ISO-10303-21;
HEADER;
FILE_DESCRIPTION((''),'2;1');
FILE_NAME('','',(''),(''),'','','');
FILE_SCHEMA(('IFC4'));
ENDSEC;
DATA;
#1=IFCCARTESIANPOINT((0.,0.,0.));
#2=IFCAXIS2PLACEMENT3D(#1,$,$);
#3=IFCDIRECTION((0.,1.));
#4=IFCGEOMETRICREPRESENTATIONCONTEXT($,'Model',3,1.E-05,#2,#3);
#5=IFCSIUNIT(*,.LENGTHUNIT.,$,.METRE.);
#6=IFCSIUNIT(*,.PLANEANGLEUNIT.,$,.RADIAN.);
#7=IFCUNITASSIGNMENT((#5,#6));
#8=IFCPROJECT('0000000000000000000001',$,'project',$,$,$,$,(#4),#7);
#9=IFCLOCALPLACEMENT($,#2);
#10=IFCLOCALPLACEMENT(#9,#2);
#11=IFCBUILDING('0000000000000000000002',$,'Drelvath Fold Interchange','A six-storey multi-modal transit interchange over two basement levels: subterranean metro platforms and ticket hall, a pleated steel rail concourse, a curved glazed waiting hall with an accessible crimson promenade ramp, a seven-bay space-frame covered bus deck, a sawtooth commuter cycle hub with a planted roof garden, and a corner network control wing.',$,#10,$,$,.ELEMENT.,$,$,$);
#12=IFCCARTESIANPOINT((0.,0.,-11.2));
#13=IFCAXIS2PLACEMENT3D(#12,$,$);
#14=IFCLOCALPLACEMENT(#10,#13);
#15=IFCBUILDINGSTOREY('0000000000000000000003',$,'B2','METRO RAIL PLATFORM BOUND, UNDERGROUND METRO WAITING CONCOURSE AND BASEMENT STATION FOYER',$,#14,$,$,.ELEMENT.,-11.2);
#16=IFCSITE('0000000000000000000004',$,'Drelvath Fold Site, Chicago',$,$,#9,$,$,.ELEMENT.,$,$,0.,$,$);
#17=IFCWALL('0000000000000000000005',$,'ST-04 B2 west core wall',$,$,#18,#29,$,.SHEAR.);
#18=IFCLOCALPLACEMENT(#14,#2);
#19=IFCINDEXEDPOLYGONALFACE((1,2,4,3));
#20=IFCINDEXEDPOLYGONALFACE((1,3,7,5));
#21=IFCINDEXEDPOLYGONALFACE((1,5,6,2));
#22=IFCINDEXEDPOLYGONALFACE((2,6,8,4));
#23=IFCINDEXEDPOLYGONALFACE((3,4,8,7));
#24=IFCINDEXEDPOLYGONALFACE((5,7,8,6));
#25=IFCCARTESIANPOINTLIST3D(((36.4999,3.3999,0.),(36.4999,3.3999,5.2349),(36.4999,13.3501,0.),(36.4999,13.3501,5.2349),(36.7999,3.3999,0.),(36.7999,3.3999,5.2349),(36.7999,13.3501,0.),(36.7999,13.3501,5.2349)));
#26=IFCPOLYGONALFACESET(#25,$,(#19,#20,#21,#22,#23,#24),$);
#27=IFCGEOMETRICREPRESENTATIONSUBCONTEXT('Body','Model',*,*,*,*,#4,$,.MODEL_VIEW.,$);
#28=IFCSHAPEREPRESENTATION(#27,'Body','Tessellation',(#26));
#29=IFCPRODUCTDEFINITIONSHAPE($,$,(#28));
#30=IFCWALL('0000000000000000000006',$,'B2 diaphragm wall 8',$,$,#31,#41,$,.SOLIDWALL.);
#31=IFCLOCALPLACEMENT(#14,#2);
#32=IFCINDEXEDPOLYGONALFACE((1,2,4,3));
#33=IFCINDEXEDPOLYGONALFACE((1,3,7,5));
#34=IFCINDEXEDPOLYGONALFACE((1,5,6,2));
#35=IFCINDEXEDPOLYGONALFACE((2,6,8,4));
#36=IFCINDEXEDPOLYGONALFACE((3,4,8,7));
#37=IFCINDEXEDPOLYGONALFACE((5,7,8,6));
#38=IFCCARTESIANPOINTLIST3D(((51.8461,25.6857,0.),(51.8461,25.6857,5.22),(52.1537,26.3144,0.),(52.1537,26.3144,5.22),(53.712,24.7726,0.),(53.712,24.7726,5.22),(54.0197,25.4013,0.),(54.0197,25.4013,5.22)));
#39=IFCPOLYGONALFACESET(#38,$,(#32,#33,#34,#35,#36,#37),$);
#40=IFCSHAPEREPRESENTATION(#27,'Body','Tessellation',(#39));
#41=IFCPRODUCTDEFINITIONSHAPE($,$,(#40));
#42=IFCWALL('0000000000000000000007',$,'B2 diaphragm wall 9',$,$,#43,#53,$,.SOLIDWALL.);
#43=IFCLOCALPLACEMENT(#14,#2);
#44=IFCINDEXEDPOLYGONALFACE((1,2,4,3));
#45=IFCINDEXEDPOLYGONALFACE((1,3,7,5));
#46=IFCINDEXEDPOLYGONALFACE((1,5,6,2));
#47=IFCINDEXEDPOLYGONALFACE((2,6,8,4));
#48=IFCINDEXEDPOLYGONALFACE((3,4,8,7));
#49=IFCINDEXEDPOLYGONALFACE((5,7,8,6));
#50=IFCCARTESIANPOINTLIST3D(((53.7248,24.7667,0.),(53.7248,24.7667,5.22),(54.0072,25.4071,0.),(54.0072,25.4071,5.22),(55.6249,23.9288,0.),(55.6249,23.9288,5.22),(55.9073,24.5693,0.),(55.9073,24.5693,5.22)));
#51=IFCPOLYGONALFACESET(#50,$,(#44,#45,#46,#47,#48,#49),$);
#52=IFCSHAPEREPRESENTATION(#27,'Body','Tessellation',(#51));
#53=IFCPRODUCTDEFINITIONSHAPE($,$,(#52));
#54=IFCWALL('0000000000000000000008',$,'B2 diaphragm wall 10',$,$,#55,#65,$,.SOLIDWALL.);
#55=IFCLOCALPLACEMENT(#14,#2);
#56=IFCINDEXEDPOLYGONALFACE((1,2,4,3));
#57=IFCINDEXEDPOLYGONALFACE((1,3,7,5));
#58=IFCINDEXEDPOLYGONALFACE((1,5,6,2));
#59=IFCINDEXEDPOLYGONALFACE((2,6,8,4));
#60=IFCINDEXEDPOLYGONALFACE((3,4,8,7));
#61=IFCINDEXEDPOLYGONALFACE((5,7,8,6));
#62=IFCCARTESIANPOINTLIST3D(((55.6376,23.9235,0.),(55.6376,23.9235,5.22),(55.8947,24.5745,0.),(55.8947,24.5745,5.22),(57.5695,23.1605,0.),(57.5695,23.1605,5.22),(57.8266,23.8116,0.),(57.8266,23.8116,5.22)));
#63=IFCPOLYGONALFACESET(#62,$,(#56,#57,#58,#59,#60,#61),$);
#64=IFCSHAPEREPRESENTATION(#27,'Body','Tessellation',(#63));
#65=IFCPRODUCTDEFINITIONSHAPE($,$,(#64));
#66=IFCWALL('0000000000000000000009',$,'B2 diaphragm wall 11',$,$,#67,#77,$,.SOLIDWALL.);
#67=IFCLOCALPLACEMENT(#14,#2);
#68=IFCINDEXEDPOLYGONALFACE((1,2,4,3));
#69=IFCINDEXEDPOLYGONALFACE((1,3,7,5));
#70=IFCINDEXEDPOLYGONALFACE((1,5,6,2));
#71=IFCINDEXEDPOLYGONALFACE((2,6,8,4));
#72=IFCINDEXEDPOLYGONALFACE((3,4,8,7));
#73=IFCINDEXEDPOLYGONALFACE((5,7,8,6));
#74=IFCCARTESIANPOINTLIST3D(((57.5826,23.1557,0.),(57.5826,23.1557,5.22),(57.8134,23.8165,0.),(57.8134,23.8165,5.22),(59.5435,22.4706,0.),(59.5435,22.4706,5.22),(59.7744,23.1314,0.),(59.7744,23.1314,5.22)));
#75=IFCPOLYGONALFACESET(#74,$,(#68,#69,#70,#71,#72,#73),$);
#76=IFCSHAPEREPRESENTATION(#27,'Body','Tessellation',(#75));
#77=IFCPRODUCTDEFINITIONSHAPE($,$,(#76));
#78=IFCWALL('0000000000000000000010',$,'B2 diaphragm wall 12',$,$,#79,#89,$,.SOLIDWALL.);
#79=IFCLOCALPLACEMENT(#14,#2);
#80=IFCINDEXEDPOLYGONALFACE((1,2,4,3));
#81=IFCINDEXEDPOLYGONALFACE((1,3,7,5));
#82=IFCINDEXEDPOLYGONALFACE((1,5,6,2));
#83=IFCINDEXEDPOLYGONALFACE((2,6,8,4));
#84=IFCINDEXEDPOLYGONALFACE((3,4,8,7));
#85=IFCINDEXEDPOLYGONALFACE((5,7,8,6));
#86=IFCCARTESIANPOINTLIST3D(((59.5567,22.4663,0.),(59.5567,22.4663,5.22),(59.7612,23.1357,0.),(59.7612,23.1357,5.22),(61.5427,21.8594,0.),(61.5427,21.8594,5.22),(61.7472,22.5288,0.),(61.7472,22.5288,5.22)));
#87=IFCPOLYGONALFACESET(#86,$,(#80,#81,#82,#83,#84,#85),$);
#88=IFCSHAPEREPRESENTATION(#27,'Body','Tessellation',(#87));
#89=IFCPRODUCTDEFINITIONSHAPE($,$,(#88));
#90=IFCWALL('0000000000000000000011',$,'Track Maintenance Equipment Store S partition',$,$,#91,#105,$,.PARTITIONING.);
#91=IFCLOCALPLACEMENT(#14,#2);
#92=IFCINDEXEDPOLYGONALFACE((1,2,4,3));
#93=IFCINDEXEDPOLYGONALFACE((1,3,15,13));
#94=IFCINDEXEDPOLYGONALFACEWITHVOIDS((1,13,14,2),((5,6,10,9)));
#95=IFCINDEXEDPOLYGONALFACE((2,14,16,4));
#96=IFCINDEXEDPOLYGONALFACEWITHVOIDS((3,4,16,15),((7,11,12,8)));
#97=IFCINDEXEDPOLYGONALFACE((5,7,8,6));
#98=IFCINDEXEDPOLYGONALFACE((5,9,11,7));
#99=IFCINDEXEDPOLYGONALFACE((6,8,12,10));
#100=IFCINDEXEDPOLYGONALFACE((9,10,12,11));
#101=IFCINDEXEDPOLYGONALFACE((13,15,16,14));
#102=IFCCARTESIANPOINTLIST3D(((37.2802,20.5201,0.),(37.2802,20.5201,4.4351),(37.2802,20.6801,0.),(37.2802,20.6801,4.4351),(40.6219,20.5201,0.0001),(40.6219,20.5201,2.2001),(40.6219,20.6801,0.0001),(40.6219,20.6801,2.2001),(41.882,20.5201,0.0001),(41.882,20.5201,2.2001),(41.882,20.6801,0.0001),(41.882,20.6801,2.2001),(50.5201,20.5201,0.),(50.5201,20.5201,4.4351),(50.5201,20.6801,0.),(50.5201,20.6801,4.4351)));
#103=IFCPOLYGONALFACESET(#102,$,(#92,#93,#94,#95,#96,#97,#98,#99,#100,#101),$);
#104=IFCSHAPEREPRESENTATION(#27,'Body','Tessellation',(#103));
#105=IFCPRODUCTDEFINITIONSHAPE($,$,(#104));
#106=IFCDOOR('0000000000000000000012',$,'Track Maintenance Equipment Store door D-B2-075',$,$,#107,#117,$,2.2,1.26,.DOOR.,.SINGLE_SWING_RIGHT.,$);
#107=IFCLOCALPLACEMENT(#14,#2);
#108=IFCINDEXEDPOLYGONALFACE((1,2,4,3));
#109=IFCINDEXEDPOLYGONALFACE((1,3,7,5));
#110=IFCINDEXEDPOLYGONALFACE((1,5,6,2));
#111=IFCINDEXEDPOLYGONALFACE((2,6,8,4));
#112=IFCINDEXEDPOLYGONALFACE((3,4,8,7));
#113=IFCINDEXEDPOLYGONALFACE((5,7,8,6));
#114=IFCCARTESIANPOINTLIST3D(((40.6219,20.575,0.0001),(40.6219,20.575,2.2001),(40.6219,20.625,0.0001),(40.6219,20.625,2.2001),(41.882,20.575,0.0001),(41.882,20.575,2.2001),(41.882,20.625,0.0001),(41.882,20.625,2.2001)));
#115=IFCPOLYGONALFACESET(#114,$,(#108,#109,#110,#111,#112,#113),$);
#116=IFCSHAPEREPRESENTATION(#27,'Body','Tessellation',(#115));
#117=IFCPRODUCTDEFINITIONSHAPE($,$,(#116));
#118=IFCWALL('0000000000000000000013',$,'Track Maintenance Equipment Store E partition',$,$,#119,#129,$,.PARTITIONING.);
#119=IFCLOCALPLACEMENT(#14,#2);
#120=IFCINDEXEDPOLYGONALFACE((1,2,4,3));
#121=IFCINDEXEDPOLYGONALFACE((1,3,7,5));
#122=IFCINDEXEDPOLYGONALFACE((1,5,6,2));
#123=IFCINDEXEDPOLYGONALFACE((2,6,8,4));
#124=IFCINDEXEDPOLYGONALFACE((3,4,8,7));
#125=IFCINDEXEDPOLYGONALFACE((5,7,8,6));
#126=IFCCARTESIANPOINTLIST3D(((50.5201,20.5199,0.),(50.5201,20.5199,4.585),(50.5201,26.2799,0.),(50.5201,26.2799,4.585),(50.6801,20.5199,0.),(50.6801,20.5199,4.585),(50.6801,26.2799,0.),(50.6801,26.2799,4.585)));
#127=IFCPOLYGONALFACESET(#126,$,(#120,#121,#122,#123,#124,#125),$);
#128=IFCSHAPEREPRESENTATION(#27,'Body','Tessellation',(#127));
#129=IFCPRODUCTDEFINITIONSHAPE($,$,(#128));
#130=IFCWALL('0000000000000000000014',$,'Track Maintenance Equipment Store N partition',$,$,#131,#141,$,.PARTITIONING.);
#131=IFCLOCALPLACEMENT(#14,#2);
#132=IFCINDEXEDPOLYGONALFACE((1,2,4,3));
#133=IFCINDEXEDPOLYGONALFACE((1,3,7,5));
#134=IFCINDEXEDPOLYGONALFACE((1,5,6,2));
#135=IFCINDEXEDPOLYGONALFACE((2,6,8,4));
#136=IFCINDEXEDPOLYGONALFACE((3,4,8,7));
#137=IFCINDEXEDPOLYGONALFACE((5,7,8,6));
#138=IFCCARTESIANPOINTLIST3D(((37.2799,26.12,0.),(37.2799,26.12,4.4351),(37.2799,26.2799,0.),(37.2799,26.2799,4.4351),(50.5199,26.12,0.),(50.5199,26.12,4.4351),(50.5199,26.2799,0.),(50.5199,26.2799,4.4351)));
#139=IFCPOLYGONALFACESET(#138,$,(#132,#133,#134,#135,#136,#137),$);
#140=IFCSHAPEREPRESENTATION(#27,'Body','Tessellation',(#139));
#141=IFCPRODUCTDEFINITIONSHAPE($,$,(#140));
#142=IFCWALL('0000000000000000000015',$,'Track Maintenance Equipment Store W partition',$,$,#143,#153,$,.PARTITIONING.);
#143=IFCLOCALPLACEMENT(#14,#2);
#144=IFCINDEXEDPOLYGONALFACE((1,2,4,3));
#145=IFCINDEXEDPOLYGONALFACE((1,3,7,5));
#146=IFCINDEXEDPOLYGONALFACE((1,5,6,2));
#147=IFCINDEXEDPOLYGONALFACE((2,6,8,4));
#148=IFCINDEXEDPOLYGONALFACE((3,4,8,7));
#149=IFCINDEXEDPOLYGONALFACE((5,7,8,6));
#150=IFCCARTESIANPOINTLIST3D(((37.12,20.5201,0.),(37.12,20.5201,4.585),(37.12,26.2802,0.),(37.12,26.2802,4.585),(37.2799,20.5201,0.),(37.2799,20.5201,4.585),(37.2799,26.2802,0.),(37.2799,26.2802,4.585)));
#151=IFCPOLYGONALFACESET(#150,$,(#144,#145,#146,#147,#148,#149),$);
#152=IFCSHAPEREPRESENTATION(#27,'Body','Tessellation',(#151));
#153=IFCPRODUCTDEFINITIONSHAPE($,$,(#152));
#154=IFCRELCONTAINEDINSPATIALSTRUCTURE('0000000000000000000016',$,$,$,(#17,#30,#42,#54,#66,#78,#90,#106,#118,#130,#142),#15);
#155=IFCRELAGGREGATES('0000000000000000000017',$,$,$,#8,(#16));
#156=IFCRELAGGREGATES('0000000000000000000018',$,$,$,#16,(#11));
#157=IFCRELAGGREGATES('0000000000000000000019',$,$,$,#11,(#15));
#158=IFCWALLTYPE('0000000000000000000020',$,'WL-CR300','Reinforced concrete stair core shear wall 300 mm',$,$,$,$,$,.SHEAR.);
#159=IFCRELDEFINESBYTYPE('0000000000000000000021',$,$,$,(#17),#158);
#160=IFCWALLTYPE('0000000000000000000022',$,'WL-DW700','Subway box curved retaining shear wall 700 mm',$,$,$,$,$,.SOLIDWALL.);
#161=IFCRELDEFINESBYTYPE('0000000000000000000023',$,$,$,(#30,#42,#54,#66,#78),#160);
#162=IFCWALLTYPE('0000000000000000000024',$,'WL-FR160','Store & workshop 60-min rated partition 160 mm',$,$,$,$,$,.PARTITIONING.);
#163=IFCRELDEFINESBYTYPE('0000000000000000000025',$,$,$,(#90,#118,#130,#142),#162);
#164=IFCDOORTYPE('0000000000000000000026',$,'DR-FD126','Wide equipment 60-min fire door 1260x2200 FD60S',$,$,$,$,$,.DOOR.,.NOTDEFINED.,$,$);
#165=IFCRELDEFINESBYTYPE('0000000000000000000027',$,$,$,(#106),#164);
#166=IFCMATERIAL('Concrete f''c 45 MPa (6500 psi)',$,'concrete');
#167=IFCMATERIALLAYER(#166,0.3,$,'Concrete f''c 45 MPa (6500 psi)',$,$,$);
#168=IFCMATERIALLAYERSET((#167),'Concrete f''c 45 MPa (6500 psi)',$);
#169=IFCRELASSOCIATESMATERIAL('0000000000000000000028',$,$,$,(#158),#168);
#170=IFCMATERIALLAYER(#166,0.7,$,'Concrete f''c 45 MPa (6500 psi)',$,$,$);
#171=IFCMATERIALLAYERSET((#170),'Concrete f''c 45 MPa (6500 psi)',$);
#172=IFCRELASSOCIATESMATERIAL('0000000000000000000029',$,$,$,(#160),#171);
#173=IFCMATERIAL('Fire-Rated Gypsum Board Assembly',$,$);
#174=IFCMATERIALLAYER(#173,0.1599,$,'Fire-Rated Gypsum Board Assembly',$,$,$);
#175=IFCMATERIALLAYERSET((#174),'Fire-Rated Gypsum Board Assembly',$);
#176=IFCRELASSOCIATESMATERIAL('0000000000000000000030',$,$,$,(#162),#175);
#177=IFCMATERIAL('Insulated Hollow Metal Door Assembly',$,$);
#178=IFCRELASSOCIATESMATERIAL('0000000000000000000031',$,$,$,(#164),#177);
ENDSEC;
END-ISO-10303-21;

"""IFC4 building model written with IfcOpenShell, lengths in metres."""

from ifc_helpers import new_model, si_unit, direction, frame, frame_2d, origin, place, context, subcontext, project, spatial, rectangle, extrude, material, layer, layer_set, type_object, element, fill, save


model = new_model("IFC4")

# Units and contexts
model_context = context("Model", 3, precision=1e-05, world=origin(), true_north=direction((0.0, 1.0)))
body_context = subcontext(model_context, "Body", "Model", "MODEL_VIEW")
ifc_project = project(units=[si_unit("LENGTHUNIT", "METRE"), si_unit("PLANEANGLEUNIT", "RADIAN")], contexts=[model_context])

# Site, building, storey
site_placement = place(None, origin())
site = spatial("IfcSite", under=ifc_project, at=site_placement, Name="Drelvath Fold Site, Chicago", CompositionType="ELEMENT", RefElevation=0.0)
building_placement = place(site_placement, origin())
building = spatial("IfcBuilding", under=site, at=building_placement, Name="Drelvath Fold Interchange", Description="A six-storey multi-modal transit interchange over two basement levels: subterranean metro platforms and ticket hall, a pleated steel rail concourse, a curved glazed waiting hall with an accessible crimson promenade ramp, a seven-bay space-frame covered bus deck, a sawtooth commuter cycle hub with a planted roof garden, and a corner network control wing.", CompositionType="ELEMENT")
storey_placement = place(building_placement, frame((0.0, 0.0, -11.2)))
storey = spatial("IfcBuildingStorey", under=building, at=storey_placement, Name="B2", Description="METRO RAIL PLATFORM BOUND, UNDERGROUND METRO WAITING CONCOURSE AND BASEMENT STATION FOYER", CompositionType="ELEMENT", Elevation=-11.2)

# Shared definitions
ifc_material_1 = material(Name="Concrete f'c 45 MPa (6500 psi)", Category="concrete")

# Walls
ifc_layer_1 = layer(ifc_material_1, 0.3, Name="Concrete f'c 45 MPa (6500 psi)")
ifc_layer_set_1 = layer_set([ifc_layer_1], Name="Concrete f'c 45 MPa (6500 psi)")
wall_type_1 = type_object("IfcWallType", Name="WL-CR300", Description="Reinforced concrete stair core shear wall 300 mm", PredefinedType="SHEAR", material=ifc_layer_set_1)
wall_1_placement = place(storey_placement, frame((36.6499, 13.3501, 0.0), z_axis=(0.0, 0.0, 1.0), x_axis=(0.0, -1.0, 0.0)))
element("IfcWall", 1, at=wall_1_placement, inside=storey, type_object=wall_type_1, Name="ST-04 B2 west core wall", PredefinedType="SHEAR", context=body_context, shape_type="SweptSolid", body=[
    extrude(rectangle(XDim=9.9502, YDim=0.3, at=frame_2d((4.9751, 0.0))), origin(), (0.0, 0.0, 1.0), 5.2349),
])
ifc_layer_2 = layer(ifc_material_1, 0.7, Name="Concrete f'c 45 MPa (6500 psi)")
ifc_layer_set_2 = layer_set([ifc_layer_2], Name="Concrete f'c 45 MPa (6500 psi)")
wall_type_2 = type_object("IfcWallType", Name="WL-DW700", Description="Subway box curved retaining shear wall 700 mm", PredefinedType="SOLIDWALL", material=ifc_layer_set_2)
wall_2_placement = place(storey_placement, frame((52.0, 26.0, 0.0), z_axis=(0.0, 0.0, 1.0), x_axis=(0.898226, -0.439535, 0.0)))
element("IfcWall", 2, at=wall_2_placement, inside=storey, type_object=wall_type_2, Name="B2 diaphragm wall 8", PredefinedType="SOLIDWALL", context=body_context, shape_type="SweptSolid", body=[
    extrude(rectangle(XDim=2.0774, YDim=0.7, at=frame_2d((1.0386, 0.0))), origin(), (0.0, 0.0, 1.0), 5.22),
])
wall_3_placement = place(storey_placement, frame((53.866, 25.0869, 0.0), z_axis=(0.0, 0.0, 1.0), x_axis=(0.914991, -0.403475, 0.0)))
element("IfcWall", 3, at=wall_3_placement, inside=storey, type_object=wall_type_2, Name="B2 diaphragm wall 9", PredefinedType="SOLIDWALL", context=body_context, shape_type="SweptSolid", body=[
    extrude(rectangle(XDim=2.0767, YDim=0.7, at=frame_2d((1.0383, 0.0))), origin(), (0.0, 0.0, 1.0), 5.22),
])
for number, where, z_axis, x_axis, name in (
    (4, (55.7661, 24.249, 0.0), (0.0, 0.0, 1.0), (0.930097, -0.367314, 0.0), "B2 diaphragm wall 10"),
    (5, (57.698, 23.4861, 0.0), (0.0, 0.0, 1.0), (0.944049, -0.329806, 0.0), "B2 diaphragm wall 11"),
):
    element("IfcWall", number, at=place(storey_placement, frame(where, z_axis=z_axis, x_axis=x_axis)), inside=storey, type_object=wall_type_2, Name=name, PredefinedType="SOLIDWALL", context=body_context, shape_type="SweptSolid", body=[
        extrude(rectangle(XDim=2.0771, YDim=0.7, at=frame_2d((1.0386, 0.0))), origin(), (0.0, 0.0, 1.0), 5.22),
    ])
wall_4_placement = place(storey_placement, frame((59.6589, 22.801, 0.0), z_axis=(0.0, 0.0, 1.0), x_axis=(0.956342, -0.292251, 0.0)))
element("IfcWall", 6, at=wall_4_placement, inside=storey, type_object=wall_type_2, Name="B2 diaphragm wall 12", PredefinedType="SOLIDWALL", context=body_context, shape_type="SweptSolid", body=[
    extrude(rectangle(XDim=2.0767, YDim=0.7, at=frame_2d((1.0383, 0.0))), origin(), (0.0, 0.0, 1.0), 5.22),
])

# Wall, opening, door
ifc_material_2 = material(Name="Fire-Rated Gypsum Board Assembly")
ifc_layer_3 = layer(ifc_material_2, 0.1599, Name="Fire-Rated Gypsum Board Assembly")
ifc_layer_set_3 = layer_set([ifc_layer_3], Name="Fire-Rated Gypsum Board Assembly")
wall_type_3 = type_object("IfcWallType", Name="WL-FR160", Description="Store & workshop 60-min rated partition 160 mm", PredefinedType="PARTITIONING", material=ifc_layer_set_3)
wall_5_placement = place(storey_placement, frame((37.28, 20.6001, 0.0), z_axis=(0.0, 0.0, 1.0), x_axis=(1.0, 0.0, 0.0)))
wall_5 = element("IfcWall", 7, at=wall_5_placement, inside=storey, type_object=wall_type_3, Name="Track Maintenance Equipment Store S partition", PredefinedType="PARTITIONING", context=body_context, shape_type="SweptSolid", body=[
    extrude(rectangle(XDim=13.24, YDim=0.1599, at=frame_2d((6.6201, 0.0))), origin(), (0.0, 0.0, 1.0), 4.4351),
])
opening_placement = place(wall_5_placement, frame((3.342, 0.0, 0.0)))
opening = element("IfcOpeningElement", 8, at=opening_placement, cuts=wall_5, PredefinedType="OPENING", context=body_context, shape_type="SweptSolid", body=[
    extrude(rectangle(XDim=1.26, YDim=2.2, at=frame_2d((0.6299, 1.1001))), frame((0.0, 0.0898, 0.0), z_axis=(0.0, -1.0, 0.0), x_axis=(1.0, 0.0, 0.0)), (0.0, 0.0, 1.0), 0.1799),
])
ifc_material_3 = material(Name="Insulated Hollow Metal Door Assembly")
door_type = type_object("IfcDoorType", Name="DR-FD126", Description="Wide equipment 60-min fire door 1260x2200 FD60S", OperationType="NOTDEFINED", PredefinedType="DOOR", material=ifc_material_3)
door_placement = place(opening_placement, origin())
door = element("IfcDoor", 9, at=door_placement, inside=storey, type_object=door_type, Name="Track Maintenance Equipment Store door D-B2-075", OperationType="SINGLE_SWING_RIGHT", OverallHeight=2.2, OverallWidth=1.26, PredefinedType="DOOR", context=body_context, shape_type="SweptSolid", body=[
    extrude(rectangle(XDim=1.26, YDim=2.2, at=frame_2d((0.6299, 1.1001))), frame((0.0, 0.0249, 0.0), z_axis=(0.0, -1.0, 0.0), x_axis=(1.0, 0.0, 0.0)), (0.0, 0.0, 1.0), 0.05),
])
fill(opening, door)

# Walls
wall_6_placement = place(storey_placement, frame((50.6001, 20.52, 0.0), z_axis=(0.0, 0.0, 1.0), x_axis=(0.0, 1.0, 0.0)))
element("IfcWall", 10, at=wall_6_placement, inside=storey, type_object=wall_type_3, Name="Track Maintenance Equipment Store E partition", PredefinedType="PARTITIONING", context=body_context, shape_type="SweptSolid", body=[
    extrude(rectangle(XDim=5.76, YDim=0.1599, at=frame_2d((2.8799, 0.0))), origin(), (0.0, 0.0, 1.0), 4.585),
])
wall_7_placement = place(storey_placement, frame((50.52, 26.2, 0.0), z_axis=(0.0, 0.0, 1.0), x_axis=(-1.0, 0.0, 0.0)))
element("IfcWall", 11, at=wall_7_placement, inside=storey, type_object=wall_type_3, Name="Track Maintenance Equipment Store N partition", PredefinedType="PARTITIONING", context=body_context, shape_type="SweptSolid", body=[
    extrude(rectangle(XDim=13.24, YDim=0.1599, at=frame_2d((6.6201, 0.0))), origin(), (0.0, 0.0, 1.0), 4.4351),
])
wall_8_placement = place(storey_placement, frame((37.2, 26.28, 0.0), z_axis=(0.0, 0.0, 1.0), x_axis=(0.0, -1.0, 0.0)))
element("IfcWall", 12, at=wall_8_placement, inside=storey, type_object=wall_type_3, Name="Track Maintenance Equipment Store W partition", PredefinedType="PARTITIONING", context=body_context, shape_type="SweptSolid", body=[
    extrude(rectangle(XDim=5.76, YDim=0.1599, at=frame_2d((2.8799, 0.0))), origin(), (0.0, 0.0, 1.0), 4.585),
])

save(model, "model.ifc")
